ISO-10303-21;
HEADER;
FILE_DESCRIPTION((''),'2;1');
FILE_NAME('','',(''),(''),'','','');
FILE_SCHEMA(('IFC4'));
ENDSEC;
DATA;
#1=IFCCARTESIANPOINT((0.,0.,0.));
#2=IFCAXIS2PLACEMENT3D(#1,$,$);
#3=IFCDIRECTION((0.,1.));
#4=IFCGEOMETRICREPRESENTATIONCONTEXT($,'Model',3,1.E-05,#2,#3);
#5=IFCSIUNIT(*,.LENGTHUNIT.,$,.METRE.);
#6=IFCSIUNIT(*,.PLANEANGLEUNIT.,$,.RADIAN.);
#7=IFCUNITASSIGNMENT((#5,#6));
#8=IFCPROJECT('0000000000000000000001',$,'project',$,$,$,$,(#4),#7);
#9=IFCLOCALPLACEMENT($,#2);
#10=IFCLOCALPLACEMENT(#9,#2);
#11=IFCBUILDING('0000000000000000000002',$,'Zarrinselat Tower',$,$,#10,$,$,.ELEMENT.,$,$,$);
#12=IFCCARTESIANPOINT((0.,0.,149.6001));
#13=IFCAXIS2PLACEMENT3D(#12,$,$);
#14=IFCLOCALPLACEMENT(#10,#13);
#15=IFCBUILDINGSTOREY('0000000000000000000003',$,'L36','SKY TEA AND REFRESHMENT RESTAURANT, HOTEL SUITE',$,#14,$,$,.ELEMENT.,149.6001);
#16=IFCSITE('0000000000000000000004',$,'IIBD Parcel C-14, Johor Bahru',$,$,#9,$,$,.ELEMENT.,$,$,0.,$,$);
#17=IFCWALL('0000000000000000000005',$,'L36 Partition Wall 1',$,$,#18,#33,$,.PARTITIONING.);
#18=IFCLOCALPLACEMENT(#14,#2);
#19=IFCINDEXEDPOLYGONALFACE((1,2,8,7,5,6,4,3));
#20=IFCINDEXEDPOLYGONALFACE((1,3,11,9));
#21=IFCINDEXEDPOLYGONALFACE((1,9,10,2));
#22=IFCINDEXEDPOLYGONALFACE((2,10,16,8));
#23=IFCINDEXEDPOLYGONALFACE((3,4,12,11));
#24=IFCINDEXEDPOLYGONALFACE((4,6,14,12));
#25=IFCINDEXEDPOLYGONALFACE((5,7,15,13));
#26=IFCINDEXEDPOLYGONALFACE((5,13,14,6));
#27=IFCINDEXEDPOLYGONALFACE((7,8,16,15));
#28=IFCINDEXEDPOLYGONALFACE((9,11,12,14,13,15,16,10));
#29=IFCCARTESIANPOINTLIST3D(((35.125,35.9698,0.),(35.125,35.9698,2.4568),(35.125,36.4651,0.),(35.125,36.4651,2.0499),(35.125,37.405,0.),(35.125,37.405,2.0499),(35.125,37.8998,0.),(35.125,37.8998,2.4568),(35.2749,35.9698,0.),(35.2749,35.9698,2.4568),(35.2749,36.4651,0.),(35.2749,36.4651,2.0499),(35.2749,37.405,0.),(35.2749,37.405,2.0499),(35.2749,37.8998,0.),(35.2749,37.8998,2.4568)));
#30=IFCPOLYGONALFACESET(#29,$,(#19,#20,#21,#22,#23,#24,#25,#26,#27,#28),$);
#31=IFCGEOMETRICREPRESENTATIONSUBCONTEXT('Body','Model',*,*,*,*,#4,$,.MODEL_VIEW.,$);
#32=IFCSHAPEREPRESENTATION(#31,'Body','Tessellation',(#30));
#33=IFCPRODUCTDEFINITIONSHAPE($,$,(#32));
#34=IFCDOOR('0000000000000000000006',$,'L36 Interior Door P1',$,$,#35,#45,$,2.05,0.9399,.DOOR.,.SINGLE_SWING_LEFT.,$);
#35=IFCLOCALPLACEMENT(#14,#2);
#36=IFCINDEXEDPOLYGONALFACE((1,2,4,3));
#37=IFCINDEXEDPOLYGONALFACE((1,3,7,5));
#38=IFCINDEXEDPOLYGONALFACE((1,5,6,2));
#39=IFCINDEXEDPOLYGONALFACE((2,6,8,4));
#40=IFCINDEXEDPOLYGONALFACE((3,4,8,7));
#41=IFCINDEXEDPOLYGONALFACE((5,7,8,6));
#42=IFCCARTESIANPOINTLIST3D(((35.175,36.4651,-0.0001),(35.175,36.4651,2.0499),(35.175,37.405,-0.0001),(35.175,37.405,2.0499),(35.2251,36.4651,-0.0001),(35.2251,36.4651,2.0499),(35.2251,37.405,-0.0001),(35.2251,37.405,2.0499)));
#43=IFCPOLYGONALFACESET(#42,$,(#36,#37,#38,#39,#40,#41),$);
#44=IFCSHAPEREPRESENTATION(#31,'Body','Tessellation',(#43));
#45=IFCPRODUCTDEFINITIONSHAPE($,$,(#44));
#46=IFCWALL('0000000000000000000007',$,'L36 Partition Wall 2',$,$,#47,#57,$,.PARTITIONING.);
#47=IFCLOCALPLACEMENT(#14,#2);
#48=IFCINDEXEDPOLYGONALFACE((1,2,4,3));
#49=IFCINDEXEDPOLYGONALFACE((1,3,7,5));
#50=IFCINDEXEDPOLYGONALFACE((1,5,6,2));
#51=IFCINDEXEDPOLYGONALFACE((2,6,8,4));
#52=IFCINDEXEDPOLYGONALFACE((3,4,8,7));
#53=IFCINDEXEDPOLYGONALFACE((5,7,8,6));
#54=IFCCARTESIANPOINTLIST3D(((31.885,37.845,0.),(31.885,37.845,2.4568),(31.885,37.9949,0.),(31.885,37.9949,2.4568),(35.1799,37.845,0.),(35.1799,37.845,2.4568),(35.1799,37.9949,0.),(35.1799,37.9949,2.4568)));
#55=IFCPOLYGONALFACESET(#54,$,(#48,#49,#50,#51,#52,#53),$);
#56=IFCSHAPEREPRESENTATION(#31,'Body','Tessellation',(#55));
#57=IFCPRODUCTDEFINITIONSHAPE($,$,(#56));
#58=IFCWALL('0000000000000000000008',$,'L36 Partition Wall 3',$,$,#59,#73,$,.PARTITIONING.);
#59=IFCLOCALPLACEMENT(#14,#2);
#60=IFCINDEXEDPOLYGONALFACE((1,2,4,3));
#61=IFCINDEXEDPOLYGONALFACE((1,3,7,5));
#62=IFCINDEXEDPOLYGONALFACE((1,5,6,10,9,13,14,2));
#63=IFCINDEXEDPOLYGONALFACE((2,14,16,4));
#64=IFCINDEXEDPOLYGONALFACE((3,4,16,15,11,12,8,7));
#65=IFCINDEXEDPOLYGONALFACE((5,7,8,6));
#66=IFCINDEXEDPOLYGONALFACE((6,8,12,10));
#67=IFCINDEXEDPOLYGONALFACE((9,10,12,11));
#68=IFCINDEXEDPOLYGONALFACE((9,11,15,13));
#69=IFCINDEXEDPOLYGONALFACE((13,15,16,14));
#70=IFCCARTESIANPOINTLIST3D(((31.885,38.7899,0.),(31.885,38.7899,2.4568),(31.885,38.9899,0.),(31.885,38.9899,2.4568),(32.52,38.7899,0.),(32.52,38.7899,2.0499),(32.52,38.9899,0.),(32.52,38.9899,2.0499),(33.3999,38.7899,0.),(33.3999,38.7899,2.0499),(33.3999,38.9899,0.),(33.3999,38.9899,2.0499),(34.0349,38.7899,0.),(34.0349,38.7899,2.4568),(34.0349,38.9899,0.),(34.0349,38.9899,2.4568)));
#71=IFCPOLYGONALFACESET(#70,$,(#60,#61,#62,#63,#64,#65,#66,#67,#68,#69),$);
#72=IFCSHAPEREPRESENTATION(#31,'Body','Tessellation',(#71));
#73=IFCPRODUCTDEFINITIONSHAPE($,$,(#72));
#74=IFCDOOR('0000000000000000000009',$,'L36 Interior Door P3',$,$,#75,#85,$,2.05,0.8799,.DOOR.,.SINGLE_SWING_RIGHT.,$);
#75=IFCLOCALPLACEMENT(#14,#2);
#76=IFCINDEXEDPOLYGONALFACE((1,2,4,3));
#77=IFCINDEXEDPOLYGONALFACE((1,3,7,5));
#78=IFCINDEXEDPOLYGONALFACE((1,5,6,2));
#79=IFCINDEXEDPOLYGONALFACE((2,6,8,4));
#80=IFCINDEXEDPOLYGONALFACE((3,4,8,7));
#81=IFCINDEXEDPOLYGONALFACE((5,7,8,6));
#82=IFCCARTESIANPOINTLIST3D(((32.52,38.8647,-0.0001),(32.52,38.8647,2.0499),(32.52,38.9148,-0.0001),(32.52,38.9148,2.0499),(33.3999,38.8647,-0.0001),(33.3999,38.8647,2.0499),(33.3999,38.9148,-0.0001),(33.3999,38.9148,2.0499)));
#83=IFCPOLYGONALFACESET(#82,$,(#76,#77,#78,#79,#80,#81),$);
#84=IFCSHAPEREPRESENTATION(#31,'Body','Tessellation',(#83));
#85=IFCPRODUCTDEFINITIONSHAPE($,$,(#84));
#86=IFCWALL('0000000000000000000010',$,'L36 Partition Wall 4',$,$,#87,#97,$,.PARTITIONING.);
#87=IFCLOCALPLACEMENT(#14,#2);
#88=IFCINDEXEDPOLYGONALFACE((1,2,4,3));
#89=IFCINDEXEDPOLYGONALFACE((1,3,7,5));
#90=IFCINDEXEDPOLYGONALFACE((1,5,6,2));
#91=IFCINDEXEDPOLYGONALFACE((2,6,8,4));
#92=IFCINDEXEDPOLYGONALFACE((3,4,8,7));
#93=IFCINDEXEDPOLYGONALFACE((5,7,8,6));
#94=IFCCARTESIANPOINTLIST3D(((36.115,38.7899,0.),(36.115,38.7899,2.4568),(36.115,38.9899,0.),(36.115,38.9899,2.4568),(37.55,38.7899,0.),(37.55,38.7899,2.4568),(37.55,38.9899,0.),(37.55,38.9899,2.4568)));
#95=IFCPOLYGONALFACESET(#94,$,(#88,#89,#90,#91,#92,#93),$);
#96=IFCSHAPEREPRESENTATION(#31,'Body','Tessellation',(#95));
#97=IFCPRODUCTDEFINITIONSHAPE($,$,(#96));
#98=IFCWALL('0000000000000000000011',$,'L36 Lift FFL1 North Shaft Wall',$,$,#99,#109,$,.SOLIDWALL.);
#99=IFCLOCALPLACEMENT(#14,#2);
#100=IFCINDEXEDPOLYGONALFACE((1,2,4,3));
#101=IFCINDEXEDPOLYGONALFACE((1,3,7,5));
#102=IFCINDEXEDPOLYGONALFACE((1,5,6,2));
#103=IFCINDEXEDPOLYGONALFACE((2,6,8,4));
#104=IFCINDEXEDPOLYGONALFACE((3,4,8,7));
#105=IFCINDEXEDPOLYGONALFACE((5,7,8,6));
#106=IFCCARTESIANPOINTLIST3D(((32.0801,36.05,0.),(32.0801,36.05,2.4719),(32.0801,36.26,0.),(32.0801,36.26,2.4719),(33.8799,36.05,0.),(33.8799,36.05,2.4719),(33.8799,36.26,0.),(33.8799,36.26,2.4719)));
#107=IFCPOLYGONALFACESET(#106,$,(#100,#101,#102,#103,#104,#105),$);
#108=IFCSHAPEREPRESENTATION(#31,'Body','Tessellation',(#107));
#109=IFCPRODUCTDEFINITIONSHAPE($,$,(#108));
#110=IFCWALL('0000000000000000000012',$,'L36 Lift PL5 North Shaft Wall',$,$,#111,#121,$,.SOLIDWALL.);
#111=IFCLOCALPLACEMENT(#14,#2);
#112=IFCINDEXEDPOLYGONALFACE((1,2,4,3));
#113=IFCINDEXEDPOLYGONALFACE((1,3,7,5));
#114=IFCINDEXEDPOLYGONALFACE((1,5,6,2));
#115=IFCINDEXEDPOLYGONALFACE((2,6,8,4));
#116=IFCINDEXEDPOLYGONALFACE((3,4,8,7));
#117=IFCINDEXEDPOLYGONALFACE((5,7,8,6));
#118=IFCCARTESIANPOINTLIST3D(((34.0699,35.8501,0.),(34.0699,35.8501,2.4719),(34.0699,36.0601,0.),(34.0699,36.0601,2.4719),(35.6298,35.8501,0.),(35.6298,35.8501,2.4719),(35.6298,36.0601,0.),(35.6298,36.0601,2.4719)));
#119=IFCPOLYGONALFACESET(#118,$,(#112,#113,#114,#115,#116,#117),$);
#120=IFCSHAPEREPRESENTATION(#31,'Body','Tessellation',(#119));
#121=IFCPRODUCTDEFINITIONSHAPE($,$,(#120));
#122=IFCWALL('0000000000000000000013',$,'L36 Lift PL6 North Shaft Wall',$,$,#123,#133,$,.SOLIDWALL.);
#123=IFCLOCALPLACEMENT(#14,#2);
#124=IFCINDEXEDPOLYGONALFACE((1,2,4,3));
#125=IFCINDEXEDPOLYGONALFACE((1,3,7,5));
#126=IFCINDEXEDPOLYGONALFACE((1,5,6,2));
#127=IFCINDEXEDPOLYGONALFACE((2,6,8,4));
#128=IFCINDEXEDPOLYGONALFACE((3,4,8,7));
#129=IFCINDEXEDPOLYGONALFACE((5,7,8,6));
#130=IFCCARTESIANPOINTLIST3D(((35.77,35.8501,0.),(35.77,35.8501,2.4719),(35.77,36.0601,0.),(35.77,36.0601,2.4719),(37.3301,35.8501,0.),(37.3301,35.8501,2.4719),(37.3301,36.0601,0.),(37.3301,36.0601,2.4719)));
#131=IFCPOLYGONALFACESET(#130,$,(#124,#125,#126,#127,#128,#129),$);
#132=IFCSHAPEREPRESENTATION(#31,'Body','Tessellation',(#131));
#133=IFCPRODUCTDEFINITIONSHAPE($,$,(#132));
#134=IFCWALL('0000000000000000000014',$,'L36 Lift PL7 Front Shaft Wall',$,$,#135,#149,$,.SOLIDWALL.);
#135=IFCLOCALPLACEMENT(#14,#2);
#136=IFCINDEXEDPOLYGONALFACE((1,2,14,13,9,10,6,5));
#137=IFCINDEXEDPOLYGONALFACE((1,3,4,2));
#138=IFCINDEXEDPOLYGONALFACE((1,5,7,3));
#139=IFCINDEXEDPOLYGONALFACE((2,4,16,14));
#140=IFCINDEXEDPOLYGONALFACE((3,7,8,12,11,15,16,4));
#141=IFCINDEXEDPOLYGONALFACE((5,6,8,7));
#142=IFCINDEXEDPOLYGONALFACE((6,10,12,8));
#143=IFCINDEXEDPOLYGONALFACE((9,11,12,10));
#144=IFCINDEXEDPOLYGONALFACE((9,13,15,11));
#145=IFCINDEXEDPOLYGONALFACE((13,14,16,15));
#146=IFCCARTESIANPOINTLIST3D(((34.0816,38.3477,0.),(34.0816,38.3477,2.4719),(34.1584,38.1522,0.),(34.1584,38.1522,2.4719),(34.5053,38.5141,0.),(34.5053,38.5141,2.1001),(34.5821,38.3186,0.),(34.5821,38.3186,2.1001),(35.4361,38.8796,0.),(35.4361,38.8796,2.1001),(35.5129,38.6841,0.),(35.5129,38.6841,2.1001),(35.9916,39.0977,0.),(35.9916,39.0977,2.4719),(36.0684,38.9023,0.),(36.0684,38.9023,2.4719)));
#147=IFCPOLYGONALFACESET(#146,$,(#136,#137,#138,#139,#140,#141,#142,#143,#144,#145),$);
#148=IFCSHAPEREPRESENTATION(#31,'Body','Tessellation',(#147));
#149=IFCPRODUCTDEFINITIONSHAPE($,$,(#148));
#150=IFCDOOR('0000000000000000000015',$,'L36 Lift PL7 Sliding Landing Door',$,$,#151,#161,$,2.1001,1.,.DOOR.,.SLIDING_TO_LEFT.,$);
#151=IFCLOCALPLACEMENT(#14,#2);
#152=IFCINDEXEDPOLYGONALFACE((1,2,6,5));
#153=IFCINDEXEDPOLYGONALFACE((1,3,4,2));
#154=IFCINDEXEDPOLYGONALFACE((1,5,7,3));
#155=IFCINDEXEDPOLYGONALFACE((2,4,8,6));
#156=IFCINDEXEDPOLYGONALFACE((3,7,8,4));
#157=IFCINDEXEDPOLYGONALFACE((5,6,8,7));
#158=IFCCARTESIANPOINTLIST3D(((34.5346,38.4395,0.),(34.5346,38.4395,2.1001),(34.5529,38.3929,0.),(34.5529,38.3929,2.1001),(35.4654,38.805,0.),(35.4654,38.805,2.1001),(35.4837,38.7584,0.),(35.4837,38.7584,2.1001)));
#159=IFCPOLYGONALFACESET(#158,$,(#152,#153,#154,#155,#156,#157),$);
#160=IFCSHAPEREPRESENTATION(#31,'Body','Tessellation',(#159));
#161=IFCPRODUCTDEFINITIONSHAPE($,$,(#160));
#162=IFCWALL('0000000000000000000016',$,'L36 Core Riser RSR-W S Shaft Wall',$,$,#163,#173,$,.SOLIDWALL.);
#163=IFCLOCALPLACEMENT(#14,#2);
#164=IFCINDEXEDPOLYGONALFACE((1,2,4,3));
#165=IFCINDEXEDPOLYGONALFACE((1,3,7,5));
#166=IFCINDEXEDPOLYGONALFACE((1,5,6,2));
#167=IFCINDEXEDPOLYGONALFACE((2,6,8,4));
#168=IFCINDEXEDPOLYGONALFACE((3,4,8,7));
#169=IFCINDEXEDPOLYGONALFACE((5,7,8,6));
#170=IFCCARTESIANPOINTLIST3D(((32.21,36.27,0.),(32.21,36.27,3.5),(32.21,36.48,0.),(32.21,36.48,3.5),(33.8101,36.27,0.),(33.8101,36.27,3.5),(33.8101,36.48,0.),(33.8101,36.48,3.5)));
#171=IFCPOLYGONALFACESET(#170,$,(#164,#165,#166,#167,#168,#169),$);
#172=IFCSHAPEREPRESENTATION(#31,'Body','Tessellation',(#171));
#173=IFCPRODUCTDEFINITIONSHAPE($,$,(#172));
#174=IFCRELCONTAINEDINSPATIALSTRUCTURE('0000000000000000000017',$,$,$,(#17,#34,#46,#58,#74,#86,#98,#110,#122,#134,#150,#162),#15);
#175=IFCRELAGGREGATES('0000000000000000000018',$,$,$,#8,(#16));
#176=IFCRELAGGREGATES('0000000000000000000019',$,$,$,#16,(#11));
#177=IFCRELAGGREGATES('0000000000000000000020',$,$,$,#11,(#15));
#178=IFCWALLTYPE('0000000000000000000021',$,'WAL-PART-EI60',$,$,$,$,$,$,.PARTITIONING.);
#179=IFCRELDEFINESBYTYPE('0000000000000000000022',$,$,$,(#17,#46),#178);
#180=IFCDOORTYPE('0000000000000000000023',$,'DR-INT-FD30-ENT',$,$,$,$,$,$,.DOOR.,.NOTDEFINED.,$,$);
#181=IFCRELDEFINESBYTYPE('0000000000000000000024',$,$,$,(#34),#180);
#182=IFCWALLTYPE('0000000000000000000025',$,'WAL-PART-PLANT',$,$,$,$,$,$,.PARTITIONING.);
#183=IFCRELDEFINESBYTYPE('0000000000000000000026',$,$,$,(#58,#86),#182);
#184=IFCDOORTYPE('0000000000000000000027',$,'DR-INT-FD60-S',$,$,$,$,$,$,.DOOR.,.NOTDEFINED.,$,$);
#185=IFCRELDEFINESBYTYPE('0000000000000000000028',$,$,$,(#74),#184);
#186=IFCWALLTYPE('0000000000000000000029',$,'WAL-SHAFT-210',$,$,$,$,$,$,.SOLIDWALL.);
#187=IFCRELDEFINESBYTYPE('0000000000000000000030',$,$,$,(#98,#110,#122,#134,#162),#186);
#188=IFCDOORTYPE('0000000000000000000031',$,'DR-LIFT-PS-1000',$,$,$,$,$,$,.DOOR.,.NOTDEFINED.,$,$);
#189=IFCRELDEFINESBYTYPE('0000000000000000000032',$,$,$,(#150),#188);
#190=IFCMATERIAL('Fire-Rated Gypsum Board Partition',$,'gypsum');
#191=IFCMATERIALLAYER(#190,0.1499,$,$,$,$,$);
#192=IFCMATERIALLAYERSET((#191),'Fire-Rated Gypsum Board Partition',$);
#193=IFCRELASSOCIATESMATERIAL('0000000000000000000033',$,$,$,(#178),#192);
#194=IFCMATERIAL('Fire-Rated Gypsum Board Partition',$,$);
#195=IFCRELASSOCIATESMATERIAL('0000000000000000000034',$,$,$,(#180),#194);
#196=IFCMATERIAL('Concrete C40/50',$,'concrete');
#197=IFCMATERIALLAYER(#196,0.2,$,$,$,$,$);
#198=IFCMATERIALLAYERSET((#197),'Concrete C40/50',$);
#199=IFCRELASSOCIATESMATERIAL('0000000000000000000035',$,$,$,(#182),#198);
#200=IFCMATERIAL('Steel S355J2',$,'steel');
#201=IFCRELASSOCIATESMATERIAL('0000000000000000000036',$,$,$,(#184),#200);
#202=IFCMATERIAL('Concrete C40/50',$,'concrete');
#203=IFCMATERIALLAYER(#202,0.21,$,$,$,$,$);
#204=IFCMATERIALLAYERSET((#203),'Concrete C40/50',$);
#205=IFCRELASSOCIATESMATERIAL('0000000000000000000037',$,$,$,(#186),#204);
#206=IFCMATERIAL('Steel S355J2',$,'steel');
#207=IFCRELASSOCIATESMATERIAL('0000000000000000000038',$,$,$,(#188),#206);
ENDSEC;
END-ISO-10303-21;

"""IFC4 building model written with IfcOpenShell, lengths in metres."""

from ifc_helpers import new_model, si_unit, direction, frame, frame_2d, origin, place, context, subcontext, project, spatial, rectangle, extrude, material, layer, layer_set, type_object, element, fill, save


model = new_model("IFC4")

# Units and contexts
model_context = context("Model", 3, precision=1e-05, world=origin(), true_north=direction((0.0, 1.0)))
body_context = subcontext(model_context, "Body", "Model", "MODEL_VIEW")
ifc_project = project(units=[si_unit("LENGTHUNIT", "METRE"), si_unit("PLANEANGLEUNIT", "RADIAN")], contexts=[model_context])

# Site, building, storey
site_placement = place(None, origin())
site = spatial("IfcSite", under=ifc_project, at=site_placement, Name="IIBD Parcel C-14, Johor Bahru", CompositionType="ELEMENT", RefElevation=0.0)
building_placement = place(site_placement, origin())
building = spatial("IfcBuilding", under=site, at=building_placement, Name="Zarrinselat Tower", CompositionType="ELEMENT")
storey_placement = place(building_placement, frame((0.0, 0.0, 149.6001)))
storey = spatial("IfcBuildingStorey", under=building, at=storey_placement, Name="L36", Description="SKY TEA AND REFRESHMENT RESTAURANT, HOTEL SUITE", CompositionType="ELEMENT", Elevation=149.6001)

# Wall, opening, door
ifc_material_1 = material(Name="Fire-Rated Gypsum Board Partition", Category="gypsum")
ifc_layer_1 = layer(ifc_material_1, 0.1499)
ifc_layer_set_1 = layer_set([ifc_layer_1], Name="Fire-Rated Gypsum Board Partition")
wall_type_1 = type_object("IfcWallType", Name="WAL-PART-EI60", PredefinedType="PARTITIONING", material=ifc_layer_set_1)
wall_1_placement = place(storey_placement, frame((35.2, 35.97, 0.0), z_axis=(0.0, 0.0, 1.0), x_axis=(0.0, 1.0, 0.0)))
wall_1 = element("IfcWall", 1, at=wall_1_placement, inside=storey, type_object=wall_type_1, Name="L36 Partition Wall 1", PredefinedType="PARTITIONING", context=body_context, shape_type="SweptSolid", body=[
    extrude(rectangle(XDim=1.9299, YDim=0.1499, at=frame_2d((0.9648, 0.0))), origin(), (0.0, 0.0, 1.0), 2.4568),
])
opening_1_placement = place(wall_1_placement, frame((0.4951, 0.0, 0.0)))
opening_1 = element("IfcOpeningElement", 2, at=opening_1_placement, cuts=wall_1, PredefinedType="OPENING", context=body_context, shape_type="SweptSolid", body=[
    extrude(rectangle(XDim=0.9399, YDim=2.05, at=frame_2d((0.47, 1.0249))), frame((0.0, 0.085, 0.0), z_axis=(0.0, -1.0, 0.0), x_axis=(1.0, 0.0, 0.0)), (0.0, 0.0, 1.0), 0.1699),
])
ifc_material_2 = material(Name="Fire-Rated Gypsum Board Partition")
door_type_1 = type_object("IfcDoorType", Name="DR-INT-FD30-ENT", OperationType="NOTDEFINED", PredefinedType="DOOR", material=ifc_material_2)
door_1_placement = place(opening_1_placement, origin())
door_1 = element("IfcDoor", 3, at=door_1_placement, inside=storey, type_object=door_type_1, Name="L36 Interior Door P1", OperationType="SINGLE_SWING_LEFT", OverallHeight=2.05, OverallWidth=0.9399, PredefinedType="DOOR", context=body_context, shape_type="SweptSolid", body=[
    extrude(rectangle(XDim=0.9399, YDim=2.05, at=frame_2d((0.47, 1.0249))), frame((0.0, 0.0249, 0.0), z_axis=(0.0, -1.0, 0.0), x_axis=(1.0, 0.0, 0.0)), (0.0, 0.0, 1.0), 0.05),
])
fill(opening_1, door_1)

# Wall
wall_2_placement = place(storey_placement, frame((31.885, 37.9199, 0.0), z_axis=(0.0, 0.0, 1.0), x_axis=(1.0, 0.0, 0.0)))
element("IfcWall", 4, at=wall_2_placement, inside=storey, type_object=wall_type_1, Name="L36 Partition Wall 2", PredefinedType="PARTITIONING", context=body_context, shape_type="SweptSolid", body=[
    extrude(rectangle(XDim=3.2949, YDim=0.1499, at=frame_2d((1.6475, 0.0))), origin(), (0.0, 0.0, 1.0), 2.4568),
])

# Wall, opening, door
ifc_material_3 = material(Name="Concrete C40/50", Category="concrete")
ifc_layer_2 = layer(ifc_material_3, 0.2)
ifc_layer_set_2 = layer_set([ifc_layer_2], Name="Concrete C40/50")
wall_type_2 = type_object("IfcWallType", Name="WAL-PART-PLANT", PredefinedType="PARTITIONING", material=ifc_layer_set_2)
wall_3_placement = place(storey_placement, frame((31.885, 38.8899, 0.0), z_axis=(0.0, 0.0, 1.0), x_axis=(1.0, 0.0, 0.0)))
wall_3 = element("IfcWall", 5, at=wall_3_placement, inside=storey, type_object=wall_type_2, Name="L36 Partition Wall 3", PredefinedType="PARTITIONING", context=body_context, shape_type="SweptSolid", body=[
    extrude(rectangle(XDim=2.1499, YDim=0.2, at=frame_2d((1.075, 0.0))), origin(), (0.0, 0.0, 1.0), 2.4568),
])
opening_2_placement = place(wall_3_placement, frame((0.635, 0.0, 0.0)))
opening_2 = element("IfcOpeningElement", 6, at=opening_2_placement, cuts=wall_3, PredefinedType="OPENING", context=body_context, shape_type="SweptSolid", body=[
    extrude(rectangle(XDim=0.8799, YDim=2.05, at=frame_2d((0.4399, 1.0249))), frame((0.0, 0.1099, 0.0), z_axis=(0.0, -1.0, 0.0), x_axis=(1.0, 0.0, 0.0)), (0.0, 0.0, 1.0), 0.22),
])
ifc_material_4 = material(Name="Steel S355J2", Category="steel")
door_type_2 = type_object("IfcDoorType", Name="DR-INT-FD60-S", OperationType="NOTDEFINED", PredefinedType="DOOR", material=ifc_material_4)
door_2_placement = place(opening_2_placement, origin())
door_2 = element("IfcDoor", 7, at=door_2_placement, inside=storey, type_object=door_type_2, Name="L36 Interior Door P3", OperationType="SINGLE_SWING_RIGHT", OverallHeight=2.05, OverallWidth=0.8799, PredefinedType="DOOR", context=body_context, shape_type="SweptSolid", body=[
    extrude(rectangle(XDim=0.8799, YDim=2.05, at=frame_2d((0.4399, 1.0249))), frame((0.0, 0.0249, 0.0), z_axis=(0.0, -1.0, 0.0), x_axis=(1.0, 0.0, 0.0)), (0.0, 0.0, 1.0), 0.05),
])
fill(opening_2, door_2)

# Walls
wall_4_placement = place(storey_placement, frame((36.115, 38.8899, 0.0), z_axis=(0.0, 0.0, 1.0), x_axis=(1.0, 0.0, 0.0)))
element("IfcWall", 8, at=wall_4_placement, inside=storey, type_object=wall_type_2, Name="L36 Partition Wall 4", PredefinedType="PARTITIONING", context=body_context, shape_type="SweptSolid", body=[
    extrude(rectangle(XDim=1.4351, YDim=0.2, at=frame_2d((0.7175, 0.0))), origin(), (0.0, 0.0, 1.0), 2.4568),
])
ifc_material_5 = material(Name="Concrete C40/50", Category="concrete")
ifc_layer_3 = layer(ifc_material_5, 0.21)
ifc_layer_set_3 = layer_set([ifc_layer_3], Name="Concrete C40/50")
wall_type_3 = type_object("IfcWallType", Name="WAL-SHAFT-210", PredefinedType="SOLIDWALL", material=ifc_layer_set_3)
wall_5_placement = place(storey_placement, frame((32.0801, 36.155, 0.0), z_axis=(0.0, 0.0, 1.0), x_axis=(1.0, 0.0, 0.0)))
element("IfcWall", 9, at=wall_5_placement, inside=storey, type_object=wall_type_3, Name="L36 Lift FFL1 North Shaft Wall", PredefinedType="SOLIDWALL", context=body_context, shape_type="SweptSolid", body=[
    extrude(rectangle(XDim=1.7998, YDim=0.21, at=frame_2d((0.8999, 0.0))), origin(), (0.0, 0.0, 1.0), 2.4719),
])
wall_6_placement = place(storey_placement, frame((34.0701, 35.9551, 0.0), z_axis=(0.0, 0.0, 1.0), x_axis=(1.0, 0.0, 0.0)))
element("IfcWall", 10, at=wall_6_placement, inside=storey, type_object=wall_type_3, Name="L36 Lift PL5 North Shaft Wall", PredefinedType="SOLIDWALL", context=body_context, shape_type="SweptSolid", body=[
    extrude(rectangle(XDim=1.5598, YDim=0.21, at=frame_2d((0.7798, 0.0))), origin(), (0.0, 0.0, 1.0), 2.4719),
])
wall_7_placement = place(storey_placement, frame((35.77, 35.9551, 0.0), z_axis=(0.0, 0.0, 1.0), x_axis=(1.0, 0.0, 0.0)))
element("IfcWall", 11, at=wall_7_placement, inside=storey, type_object=wall_type_3, Name="L36 Lift PL6 North Shaft Wall", PredefinedType="SOLIDWALL", context=body_context, shape_type="SweptSolid", body=[
    extrude(rectangle(XDim=1.5601, YDim=0.21, at=frame_2d((0.78, 0.0))), origin(), (0.0, 0.0, 1.0), 2.4719),
])

# Wall, opening, door
wall_8_placement = place(storey_placement, frame((34.1201, 38.25, 0.0), z_axis=(0.0, 0.0, 1.0), x_axis=(0.930805, 0.365516, 0.0)))
wall_8 = element("IfcWall", 12, at=wall_8_placement, inside=storey, type_object=wall_type_3, Name="L36 Lift PL7 Front Shaft Wall", PredefinedType="SOLIDWALL", context=body_context, shape_type="SweptSolid", body=[
    extrude(rectangle(XDim=2.052, YDim=0.21, at=frame_2d((1.0259, 0.0))), origin(), (0.0, 0.0, 1.0), 2.4719),
])
opening_3_placement = place(wall_8_placement, frame((0.4551, 0.0, 0.0)))
opening_3 = element("IfcOpeningElement", 13, at=opening_3_placement, cuts=wall_8, PredefinedType="OPENING", context=body_context, shape_type="SweptSolid", body=[
    extrude(rectangle(XDim=1.0, YDim=2.1001, at=frame_2d((0.5, 1.05))), frame((0.0, 0.115, 0.0), z_axis=(0.0, -1.0, 0.0), x_axis=(1.0, 0.0, 0.0)), (0.0, 0.0, 1.0), 0.23),
])
ifc_material_6 = material(Name="Steel S355J2", Category="steel")
door_type_3 = type_object("IfcDoorType", Name="DR-LIFT-PS-1000", OperationType="NOTDEFINED", PredefinedType="DOOR", material=ifc_material_6)
door_3_placement = place(opening_3_placement, origin())
door_3 = element("IfcDoor", 14, at=door_3_placement, inside=storey, type_object=door_type_3, Name="L36 Lift PL7 Sliding Landing Door", OperationType="SLIDING_TO_LEFT", OverallHeight=2.1001, OverallWidth=1.0, PredefinedType="DOOR", context=body_context, shape_type="SweptSolid", body=[
    extrude(rectangle(XDim=1.0, YDim=2.1001, at=frame_2d((0.5, 1.05))), frame((0.0, 0.0249, 0.0), z_axis=(0.0, -1.0, 0.0), x_axis=(1.0, 0.0, 0.0)), (0.0, 0.0, 1.0), 0.05),
])
fill(opening_3, door_3)

# Wall
for number, where, z_axis, x_axis, name in (
    (15, (32.21, 36.375, 0.0), (0.0, 0.0, 1.0), (1.0, 0.0, 0.0), "L36 Core Riser RSR-W S Shaft Wall"),
):
    element("IfcWall", number, at=place(storey_placement, frame(where, z_axis=z_axis, x_axis=x_axis)), inside=storey, type_object=wall_type_3, Name=name, PredefinedType="SOLIDWALL", context=body_context, shape_type="SweptSolid", body=[
        extrude(rectangle(XDim=1.6001, YDim=0.21, at=frame_2d((0.8, 0.0))), origin(), (0.0, 0.0, 1.0), 3.5),
    ])

save(model, "model.ifc")
